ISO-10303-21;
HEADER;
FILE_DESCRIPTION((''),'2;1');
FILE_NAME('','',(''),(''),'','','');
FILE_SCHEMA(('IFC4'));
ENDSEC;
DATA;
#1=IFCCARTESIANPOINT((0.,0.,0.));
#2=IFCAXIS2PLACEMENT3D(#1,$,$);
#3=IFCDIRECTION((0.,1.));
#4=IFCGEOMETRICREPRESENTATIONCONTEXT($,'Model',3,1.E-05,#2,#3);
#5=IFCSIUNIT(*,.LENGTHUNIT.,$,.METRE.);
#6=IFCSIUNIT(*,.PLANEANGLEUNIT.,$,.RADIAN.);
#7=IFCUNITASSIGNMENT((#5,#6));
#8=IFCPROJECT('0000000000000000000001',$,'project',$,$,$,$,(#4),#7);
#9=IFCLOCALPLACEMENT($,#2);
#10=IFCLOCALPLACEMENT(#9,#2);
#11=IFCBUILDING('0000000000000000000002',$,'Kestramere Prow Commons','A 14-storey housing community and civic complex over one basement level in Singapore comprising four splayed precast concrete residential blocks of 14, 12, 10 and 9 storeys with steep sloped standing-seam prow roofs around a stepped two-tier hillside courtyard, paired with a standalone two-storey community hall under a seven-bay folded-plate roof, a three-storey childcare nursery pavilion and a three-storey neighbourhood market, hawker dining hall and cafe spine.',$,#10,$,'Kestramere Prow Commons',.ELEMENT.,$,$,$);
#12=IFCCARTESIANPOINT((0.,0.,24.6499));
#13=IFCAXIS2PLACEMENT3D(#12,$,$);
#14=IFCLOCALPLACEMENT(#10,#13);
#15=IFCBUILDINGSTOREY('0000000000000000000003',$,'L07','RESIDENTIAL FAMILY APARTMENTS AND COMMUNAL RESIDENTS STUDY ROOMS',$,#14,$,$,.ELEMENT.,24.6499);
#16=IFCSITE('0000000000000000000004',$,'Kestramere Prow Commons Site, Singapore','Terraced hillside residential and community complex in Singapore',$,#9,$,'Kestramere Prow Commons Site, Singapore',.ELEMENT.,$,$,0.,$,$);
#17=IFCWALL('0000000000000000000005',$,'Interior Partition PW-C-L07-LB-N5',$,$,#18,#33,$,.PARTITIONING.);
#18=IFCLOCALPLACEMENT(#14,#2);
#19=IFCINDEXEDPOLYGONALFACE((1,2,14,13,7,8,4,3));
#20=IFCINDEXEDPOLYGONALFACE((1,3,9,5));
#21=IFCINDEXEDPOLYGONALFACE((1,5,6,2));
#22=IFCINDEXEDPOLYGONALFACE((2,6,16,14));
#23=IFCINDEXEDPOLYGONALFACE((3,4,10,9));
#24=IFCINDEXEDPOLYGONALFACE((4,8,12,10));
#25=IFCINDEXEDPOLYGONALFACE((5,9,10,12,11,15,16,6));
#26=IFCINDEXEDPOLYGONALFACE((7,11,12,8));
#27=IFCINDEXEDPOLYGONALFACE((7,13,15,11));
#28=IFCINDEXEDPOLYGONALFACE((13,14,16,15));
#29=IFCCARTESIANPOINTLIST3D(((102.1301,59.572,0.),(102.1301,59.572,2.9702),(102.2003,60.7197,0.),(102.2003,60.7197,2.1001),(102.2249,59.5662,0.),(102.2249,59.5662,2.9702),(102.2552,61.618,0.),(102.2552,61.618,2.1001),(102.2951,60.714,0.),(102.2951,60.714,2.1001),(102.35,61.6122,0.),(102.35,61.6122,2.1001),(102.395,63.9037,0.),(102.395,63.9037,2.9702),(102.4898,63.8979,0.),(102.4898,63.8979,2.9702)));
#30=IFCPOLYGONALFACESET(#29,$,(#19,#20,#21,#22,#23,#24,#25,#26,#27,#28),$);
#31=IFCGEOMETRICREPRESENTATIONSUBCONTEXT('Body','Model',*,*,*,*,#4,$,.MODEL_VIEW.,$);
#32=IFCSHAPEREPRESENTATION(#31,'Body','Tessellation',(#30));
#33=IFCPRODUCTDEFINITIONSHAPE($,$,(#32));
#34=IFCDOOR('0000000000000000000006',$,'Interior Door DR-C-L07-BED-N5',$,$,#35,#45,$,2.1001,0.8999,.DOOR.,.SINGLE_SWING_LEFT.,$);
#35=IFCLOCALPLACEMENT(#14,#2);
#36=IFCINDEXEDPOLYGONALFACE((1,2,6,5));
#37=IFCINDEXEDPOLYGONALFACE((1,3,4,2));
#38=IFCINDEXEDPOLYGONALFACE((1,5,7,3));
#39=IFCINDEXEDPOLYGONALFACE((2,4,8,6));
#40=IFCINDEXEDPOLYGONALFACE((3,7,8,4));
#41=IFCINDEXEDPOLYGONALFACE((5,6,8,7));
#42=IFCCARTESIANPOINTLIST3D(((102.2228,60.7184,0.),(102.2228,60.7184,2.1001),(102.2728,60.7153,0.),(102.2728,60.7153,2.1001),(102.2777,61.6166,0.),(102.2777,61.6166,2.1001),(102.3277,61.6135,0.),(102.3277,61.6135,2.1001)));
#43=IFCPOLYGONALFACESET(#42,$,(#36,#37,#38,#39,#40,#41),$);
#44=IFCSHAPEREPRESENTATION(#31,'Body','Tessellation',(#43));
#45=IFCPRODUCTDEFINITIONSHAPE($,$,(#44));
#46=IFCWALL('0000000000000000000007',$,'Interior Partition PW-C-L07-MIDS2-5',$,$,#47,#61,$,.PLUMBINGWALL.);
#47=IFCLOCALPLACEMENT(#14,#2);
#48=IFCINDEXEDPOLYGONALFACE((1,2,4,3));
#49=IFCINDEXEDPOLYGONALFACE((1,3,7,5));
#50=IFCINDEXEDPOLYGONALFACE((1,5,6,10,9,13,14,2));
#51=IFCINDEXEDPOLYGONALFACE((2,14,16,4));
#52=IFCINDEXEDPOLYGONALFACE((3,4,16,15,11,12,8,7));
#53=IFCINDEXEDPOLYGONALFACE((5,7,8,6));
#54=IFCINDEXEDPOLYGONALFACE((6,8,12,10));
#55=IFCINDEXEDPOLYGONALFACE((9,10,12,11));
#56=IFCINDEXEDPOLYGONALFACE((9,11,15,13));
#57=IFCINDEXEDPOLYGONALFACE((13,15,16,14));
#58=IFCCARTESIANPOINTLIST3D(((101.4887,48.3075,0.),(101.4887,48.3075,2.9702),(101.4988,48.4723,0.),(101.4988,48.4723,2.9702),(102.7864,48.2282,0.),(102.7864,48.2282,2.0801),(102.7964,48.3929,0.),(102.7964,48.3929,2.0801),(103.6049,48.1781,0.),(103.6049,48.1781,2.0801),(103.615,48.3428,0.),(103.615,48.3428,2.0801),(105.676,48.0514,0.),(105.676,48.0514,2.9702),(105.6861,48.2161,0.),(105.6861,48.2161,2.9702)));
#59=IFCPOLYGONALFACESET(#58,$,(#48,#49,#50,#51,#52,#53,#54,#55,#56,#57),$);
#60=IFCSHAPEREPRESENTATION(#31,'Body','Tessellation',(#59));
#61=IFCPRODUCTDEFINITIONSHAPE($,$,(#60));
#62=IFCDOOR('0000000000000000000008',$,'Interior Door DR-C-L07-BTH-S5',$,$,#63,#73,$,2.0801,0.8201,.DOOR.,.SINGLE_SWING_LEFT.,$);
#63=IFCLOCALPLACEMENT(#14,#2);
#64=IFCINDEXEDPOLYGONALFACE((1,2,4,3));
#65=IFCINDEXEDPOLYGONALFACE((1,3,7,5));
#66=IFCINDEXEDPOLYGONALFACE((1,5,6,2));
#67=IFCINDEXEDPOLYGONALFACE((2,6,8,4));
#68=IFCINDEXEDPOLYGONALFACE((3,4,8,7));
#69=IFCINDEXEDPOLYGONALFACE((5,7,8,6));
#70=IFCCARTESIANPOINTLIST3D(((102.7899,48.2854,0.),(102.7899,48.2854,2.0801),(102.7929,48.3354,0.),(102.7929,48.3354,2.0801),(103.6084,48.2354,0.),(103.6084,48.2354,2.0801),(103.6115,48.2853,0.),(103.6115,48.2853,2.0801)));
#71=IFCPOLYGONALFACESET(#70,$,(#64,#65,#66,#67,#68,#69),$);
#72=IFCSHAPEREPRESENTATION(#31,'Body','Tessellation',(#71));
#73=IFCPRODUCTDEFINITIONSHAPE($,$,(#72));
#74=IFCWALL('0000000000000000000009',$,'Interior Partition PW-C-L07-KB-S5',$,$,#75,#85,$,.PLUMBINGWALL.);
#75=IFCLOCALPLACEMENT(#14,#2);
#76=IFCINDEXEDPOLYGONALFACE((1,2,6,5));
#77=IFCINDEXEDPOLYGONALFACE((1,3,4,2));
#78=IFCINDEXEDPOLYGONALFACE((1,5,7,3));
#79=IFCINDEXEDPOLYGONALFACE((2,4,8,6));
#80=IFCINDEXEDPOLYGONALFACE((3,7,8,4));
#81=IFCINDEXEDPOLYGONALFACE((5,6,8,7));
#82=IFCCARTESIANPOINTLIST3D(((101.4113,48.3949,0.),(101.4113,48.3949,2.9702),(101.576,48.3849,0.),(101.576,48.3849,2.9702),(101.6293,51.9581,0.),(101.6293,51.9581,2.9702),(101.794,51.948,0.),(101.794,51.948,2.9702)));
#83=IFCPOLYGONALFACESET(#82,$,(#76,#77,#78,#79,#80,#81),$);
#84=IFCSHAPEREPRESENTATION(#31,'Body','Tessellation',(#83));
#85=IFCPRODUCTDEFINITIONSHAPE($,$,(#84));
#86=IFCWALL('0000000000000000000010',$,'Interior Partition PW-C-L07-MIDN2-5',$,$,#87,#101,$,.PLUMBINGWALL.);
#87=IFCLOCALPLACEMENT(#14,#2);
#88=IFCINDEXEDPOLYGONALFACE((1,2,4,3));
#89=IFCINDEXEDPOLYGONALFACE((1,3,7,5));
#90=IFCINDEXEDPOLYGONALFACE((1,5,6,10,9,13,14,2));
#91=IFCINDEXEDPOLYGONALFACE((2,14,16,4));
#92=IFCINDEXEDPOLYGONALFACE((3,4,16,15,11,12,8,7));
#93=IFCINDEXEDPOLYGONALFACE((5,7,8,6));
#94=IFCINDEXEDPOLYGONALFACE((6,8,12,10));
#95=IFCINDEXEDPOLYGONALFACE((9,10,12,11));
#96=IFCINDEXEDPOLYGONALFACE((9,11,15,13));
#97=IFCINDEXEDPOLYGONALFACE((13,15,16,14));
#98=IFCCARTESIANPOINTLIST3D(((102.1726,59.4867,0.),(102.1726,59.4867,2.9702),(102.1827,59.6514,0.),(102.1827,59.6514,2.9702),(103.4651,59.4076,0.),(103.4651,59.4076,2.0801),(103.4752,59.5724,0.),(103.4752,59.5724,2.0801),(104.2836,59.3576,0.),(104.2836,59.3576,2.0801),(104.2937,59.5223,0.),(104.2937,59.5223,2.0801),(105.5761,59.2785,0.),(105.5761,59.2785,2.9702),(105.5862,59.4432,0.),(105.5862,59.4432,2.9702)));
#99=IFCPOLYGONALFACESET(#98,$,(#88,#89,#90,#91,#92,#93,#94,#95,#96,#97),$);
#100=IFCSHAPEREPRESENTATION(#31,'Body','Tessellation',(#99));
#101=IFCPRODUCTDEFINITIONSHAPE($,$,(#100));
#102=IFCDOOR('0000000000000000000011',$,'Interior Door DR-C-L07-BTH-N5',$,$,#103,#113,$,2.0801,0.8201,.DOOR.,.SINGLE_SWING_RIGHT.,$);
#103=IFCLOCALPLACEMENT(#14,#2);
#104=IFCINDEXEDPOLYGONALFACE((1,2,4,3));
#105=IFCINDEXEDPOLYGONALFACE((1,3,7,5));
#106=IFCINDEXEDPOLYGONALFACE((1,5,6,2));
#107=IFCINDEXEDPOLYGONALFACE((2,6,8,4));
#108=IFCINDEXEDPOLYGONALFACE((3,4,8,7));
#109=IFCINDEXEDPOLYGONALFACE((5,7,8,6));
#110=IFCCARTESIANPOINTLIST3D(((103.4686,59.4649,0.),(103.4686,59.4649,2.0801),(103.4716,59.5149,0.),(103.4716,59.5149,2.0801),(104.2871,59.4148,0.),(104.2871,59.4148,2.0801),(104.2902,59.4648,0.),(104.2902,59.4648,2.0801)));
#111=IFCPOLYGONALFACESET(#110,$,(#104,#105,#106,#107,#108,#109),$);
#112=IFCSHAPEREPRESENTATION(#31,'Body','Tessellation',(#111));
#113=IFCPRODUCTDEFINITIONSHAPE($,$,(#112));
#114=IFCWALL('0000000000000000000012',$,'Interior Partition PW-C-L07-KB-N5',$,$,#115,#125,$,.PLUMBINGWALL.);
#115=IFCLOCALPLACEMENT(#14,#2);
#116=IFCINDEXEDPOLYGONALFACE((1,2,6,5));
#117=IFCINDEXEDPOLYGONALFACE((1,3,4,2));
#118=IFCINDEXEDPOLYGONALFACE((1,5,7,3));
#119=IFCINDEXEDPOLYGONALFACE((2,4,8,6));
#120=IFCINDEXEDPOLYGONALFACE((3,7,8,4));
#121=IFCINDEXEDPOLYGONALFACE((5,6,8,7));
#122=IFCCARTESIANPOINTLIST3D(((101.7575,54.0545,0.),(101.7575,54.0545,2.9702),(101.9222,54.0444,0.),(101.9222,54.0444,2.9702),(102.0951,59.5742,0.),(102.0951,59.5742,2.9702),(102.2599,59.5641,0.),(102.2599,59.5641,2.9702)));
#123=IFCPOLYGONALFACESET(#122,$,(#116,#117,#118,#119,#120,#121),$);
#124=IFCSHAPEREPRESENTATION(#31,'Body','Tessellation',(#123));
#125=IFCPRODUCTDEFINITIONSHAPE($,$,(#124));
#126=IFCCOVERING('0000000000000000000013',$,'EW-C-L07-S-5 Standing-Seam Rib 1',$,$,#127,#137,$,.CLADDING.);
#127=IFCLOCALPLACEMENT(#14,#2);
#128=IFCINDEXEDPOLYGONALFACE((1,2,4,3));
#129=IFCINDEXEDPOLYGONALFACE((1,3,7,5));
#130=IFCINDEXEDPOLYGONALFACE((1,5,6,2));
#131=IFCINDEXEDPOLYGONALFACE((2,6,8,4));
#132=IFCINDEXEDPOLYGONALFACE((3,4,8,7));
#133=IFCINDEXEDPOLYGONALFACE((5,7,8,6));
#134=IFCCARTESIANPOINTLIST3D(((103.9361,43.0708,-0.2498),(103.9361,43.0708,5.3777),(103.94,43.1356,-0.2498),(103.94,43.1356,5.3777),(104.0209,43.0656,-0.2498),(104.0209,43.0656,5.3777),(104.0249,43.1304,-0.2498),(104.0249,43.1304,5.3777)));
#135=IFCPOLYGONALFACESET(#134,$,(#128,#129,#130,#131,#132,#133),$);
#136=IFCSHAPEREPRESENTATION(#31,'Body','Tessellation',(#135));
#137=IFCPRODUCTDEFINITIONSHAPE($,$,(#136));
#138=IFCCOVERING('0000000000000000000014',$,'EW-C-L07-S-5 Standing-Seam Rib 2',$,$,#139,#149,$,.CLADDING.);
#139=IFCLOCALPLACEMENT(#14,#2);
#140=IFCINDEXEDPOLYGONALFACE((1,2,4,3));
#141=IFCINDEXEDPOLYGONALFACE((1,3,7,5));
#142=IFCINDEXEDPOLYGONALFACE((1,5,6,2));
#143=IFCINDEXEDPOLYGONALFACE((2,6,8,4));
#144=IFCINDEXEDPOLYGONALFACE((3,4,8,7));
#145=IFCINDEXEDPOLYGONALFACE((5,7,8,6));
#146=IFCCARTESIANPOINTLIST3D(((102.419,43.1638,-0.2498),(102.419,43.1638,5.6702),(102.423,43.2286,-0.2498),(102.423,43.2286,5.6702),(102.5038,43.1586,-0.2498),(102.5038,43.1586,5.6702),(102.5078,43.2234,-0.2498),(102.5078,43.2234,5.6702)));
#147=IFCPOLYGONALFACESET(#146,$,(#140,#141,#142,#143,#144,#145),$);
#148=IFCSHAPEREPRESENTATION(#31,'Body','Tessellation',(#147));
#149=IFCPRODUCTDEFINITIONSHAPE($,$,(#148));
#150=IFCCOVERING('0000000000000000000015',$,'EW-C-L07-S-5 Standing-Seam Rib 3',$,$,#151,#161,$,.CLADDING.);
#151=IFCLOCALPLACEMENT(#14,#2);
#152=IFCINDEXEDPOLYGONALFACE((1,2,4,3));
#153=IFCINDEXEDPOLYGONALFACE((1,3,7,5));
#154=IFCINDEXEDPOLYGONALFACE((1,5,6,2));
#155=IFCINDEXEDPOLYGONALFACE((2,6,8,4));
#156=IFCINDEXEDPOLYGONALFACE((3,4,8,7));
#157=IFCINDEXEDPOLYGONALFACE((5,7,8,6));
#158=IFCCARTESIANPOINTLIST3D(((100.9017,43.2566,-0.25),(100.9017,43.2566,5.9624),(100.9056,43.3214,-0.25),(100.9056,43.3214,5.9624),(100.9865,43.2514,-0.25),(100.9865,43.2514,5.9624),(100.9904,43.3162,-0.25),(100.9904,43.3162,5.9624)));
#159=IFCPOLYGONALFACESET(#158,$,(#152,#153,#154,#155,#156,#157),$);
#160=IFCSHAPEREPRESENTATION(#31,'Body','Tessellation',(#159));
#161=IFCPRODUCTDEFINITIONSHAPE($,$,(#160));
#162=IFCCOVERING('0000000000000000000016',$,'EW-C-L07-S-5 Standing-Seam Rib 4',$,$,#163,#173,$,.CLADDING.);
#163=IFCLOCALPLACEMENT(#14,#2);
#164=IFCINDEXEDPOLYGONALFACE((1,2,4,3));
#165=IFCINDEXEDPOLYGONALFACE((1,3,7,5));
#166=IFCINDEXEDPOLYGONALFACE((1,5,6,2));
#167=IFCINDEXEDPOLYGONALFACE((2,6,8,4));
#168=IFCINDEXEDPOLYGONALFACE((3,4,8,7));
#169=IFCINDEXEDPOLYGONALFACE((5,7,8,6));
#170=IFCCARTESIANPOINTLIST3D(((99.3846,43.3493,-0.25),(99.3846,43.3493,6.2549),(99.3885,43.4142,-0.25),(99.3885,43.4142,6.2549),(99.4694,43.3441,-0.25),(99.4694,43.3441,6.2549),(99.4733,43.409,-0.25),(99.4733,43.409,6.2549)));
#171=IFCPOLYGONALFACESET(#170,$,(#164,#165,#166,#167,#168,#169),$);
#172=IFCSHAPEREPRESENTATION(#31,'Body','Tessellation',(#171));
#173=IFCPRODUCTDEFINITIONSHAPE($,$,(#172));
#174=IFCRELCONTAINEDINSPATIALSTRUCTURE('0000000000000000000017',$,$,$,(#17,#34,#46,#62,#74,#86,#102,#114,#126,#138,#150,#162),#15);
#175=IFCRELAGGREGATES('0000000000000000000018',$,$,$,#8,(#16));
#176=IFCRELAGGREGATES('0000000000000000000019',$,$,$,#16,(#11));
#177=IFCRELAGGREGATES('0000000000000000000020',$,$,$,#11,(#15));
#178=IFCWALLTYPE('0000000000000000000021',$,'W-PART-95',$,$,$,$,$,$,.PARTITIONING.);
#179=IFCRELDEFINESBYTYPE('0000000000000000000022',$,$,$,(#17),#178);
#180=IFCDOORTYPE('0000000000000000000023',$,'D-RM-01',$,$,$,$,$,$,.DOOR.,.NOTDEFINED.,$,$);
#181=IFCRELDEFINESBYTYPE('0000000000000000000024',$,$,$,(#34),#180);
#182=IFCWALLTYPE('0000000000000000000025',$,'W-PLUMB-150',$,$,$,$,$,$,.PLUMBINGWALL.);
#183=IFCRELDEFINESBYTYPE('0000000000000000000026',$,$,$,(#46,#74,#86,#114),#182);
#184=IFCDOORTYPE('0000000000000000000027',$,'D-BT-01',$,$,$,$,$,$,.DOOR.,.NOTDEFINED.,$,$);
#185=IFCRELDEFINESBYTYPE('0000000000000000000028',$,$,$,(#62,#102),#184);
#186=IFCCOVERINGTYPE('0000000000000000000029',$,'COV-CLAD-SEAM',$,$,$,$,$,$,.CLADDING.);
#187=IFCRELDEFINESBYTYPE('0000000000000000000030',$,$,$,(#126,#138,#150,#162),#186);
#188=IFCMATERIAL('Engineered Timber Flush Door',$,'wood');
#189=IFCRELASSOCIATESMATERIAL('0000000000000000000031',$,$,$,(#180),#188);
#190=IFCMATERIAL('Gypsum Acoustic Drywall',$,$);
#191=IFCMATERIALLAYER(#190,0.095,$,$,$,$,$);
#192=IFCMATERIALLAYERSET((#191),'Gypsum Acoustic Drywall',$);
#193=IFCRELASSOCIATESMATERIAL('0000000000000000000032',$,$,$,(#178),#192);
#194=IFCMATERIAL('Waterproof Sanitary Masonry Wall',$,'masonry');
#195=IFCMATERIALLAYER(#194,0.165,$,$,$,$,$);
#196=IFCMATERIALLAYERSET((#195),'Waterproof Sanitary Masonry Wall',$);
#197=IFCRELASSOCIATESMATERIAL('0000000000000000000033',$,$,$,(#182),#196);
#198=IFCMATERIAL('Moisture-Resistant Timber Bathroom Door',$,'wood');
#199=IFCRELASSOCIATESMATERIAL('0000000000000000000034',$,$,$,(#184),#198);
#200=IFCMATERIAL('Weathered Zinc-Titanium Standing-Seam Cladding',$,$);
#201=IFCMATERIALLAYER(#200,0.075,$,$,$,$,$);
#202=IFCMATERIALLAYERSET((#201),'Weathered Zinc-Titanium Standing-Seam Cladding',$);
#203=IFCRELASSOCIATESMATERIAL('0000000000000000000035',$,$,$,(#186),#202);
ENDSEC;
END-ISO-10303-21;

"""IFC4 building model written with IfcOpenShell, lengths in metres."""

from ifc_helpers import new_model, si_unit, direction, frame, frame_2d, origin, origin_2d, place, context, subcontext, project, spatial, rectangle, extrude, material, layer, layer_set, type_object, element, fill, save


model = new_model("IFC4")

# Units and contexts
model_context = context("Model", 3, precision=1e-05, world=origin(), true_north=direction((0.0, 1.0)))
body_context = subcontext(model_context, "Body", "Model", "MODEL_VIEW")
ifc_project = project(units=[si_unit("LENGTHUNIT", "METRE"), si_unit("PLANEANGLEUNIT", "RADIAN")], contexts=[model_context])

# Site, building, storey
site_placement = place(None, origin())
site = spatial("IfcSite", under=ifc_project, at=site_placement, Name="Kestramere Prow Commons Site, Singapore", Description="Terraced hillside residential and community complex in Singapore", LongName="Kestramere Prow Commons Site, Singapore", CompositionType="ELEMENT", RefElevation=0.0)
building_placement = place(site_placement, origin())
building = spatial("IfcBuilding", under=site, at=building_placement, Name="Kestramere Prow Commons", Description="A 14-storey housing community and civic complex over one basement level in Singapore comprising four splayed precast concrete residential blocks of 14, 12, 10 and 9 storeys with steep sloped standing-seam prow roofs around a stepped two-tier hillside courtyard, paired with a standalone two-storey community hall under a seven-bay folded-plate roof, a three-storey childcare nursery pavilion and a three-storey neighbourhood market, hawker dining hall and cafe spine.", LongName="Kestramere Prow Commons", CompositionType="ELEMENT")
storey_placement = place(building_placement, frame((0.0, 0.0, 24.6499)))
storey = spatial("IfcBuildingStorey", under=building, at=storey_placement, Name="L07", Description="RESIDENTIAL FAMILY APARTMENTS AND COMMUNAL RESIDENTS STUDY ROOMS", CompositionType="ELEMENT", Elevation=24.6499)

# Shared definitions
ifc_material_1 = material(Name="Engineered Timber Flush Door", Category="wood")
door_type_1 = type_object("IfcDoorType", Name="D-RM-01", OperationType="NOTDEFINED", PredefinedType="DOOR", material=ifc_material_1)

# Walls, openings, doors
ifc_material_2 = material(Name="Gypsum Acoustic Drywall")
ifc_layer_1 = layer(ifc_material_2, 0.095)
ifc_layer_set_1 = layer_set([ifc_layer_1], Name="Gypsum Acoustic Drywall")
wall_type_1 = type_object("IfcWallType", Name="W-PART-95", PredefinedType="PARTITIONING", material=ifc_layer_set_1)
wall_1_placement = place(storey_placement, frame((102.1775, 59.5691, 0.0), z_axis=(0.0, 0.0, 1.0), x_axis=(0.061037, 0.998136, 0.0)))
wall_1 = element("IfcWall", 1, at=wall_1_placement, inside=storey, type_object=wall_type_1, Name="Interior Partition PW-C-L07-LB-N5", PredefinedType="PARTITIONING", context=body_context, shape_type="SweptSolid", body=[
    extrude(rectangle(XDim=4.3398, YDim=0.095, at=frame_2d((2.1699, 0.0))), origin(), (0.0, 0.0, 1.0), 2.9702),
])
opening_1_placement = place(wall_1_placement, frame((1.1499, 0.0, 0.0)))
opening_1 = element("IfcOpeningElement", 2, at=opening_1_placement, cuts=wall_1, PredefinedType="OPENING", context=body_context, shape_type="SweptSolid", body=[
    extrude(rectangle(XDim=0.8999, YDim=2.1001, at=frame_2d((0.45, 1.05))), frame((0.0, 0.0625, 0.0), z_axis=(0.0, -1.0, 0.0), x_axis=(1.0, 0.0, 0.0)), (0.0, 0.0, 1.0), 0.125),
])
door_1_placement = place(opening_1_placement, origin())
door_1 = element("IfcDoor", 3, at=door_1_placement, inside=storey, type_object=door_type_1, Name="Interior Door DR-C-L07-BED-N5", OperationType="SINGLE_SWING_LEFT", OverallHeight=2.1001, OverallWidth=0.8999, PredefinedType="DOOR", context=body_context, shape_type="SweptSolid", body=[
    extrude(rectangle(XDim=0.8999, YDim=2.1001, at=frame_2d((0.45, 1.05))), frame((0.0, 0.0249, 0.0), z_axis=(0.0, -1.0, 0.0), x_axis=(1.0, 0.0, 0.0)), (0.0, 0.0, 1.0), 0.05),
])
fill(opening_1, door_1)
ifc_material_3 = material(Name="Waterproof Sanitary Masonry Wall", Category="masonry")
ifc_layer_2 = layer(ifc_material_3, 0.165)
ifc_layer_set_2 = layer_set([ifc_layer_2], Name="Waterproof Sanitary Masonry Wall")
wall_type_2 = type_object("IfcWallType", Name="W-PLUMB-150", PredefinedType="PLUMBINGWALL", material=ifc_layer_set_2)
wall_2_placement = place(storey_placement, frame((101.4937, 48.3899, 0.0), z_axis=(0.0, 0.0, 1.0), x_axis=(0.998135, -0.061049, 0.0)))
wall_2 = element("IfcWall", 4, at=wall_2_placement, inside=storey, type_object=wall_type_2, Name="Interior Partition PW-C-L07-MIDS2-5", PredefinedType="PLUMBINGWALL", context=body_context, shape_type="SweptSolid", body=[
    extrude(rectangle(XDim=4.1951, YDim=0.165, at=frame_2d((2.0977, 0.0))), origin(), (0.0, 0.0, 1.0), 2.9702),
])
opening_2_placement = place(wall_2_placement, frame((1.3, 0.0, 0.0)))
opening_2 = element("IfcOpeningElement", 5, at=opening_2_placement, cuts=wall_2, PredefinedType="OPENING", context=body_context, shape_type="SweptSolid", body=[
    extrude(rectangle(XDim=0.8201, YDim=2.0801, at=frame_2d((0.4102, 1.04))), frame((0.0, 0.0974, 0.0), z_axis=(0.0, -1.0, 0.0), x_axis=(1.0, 0.0, 0.0)), (0.0, 0.0, 1.0), 0.1951),
])
ifc_material_4 = material(Name="Moisture-Resistant Timber Bathroom Door", Category="wood")
door_type_2 = type_object("IfcDoorType", Name="D-BT-01", OperationType="NOTDEFINED", PredefinedType="DOOR", material=ifc_material_4)
door_2_placement = place(opening_2_placement, origin())
door_2 = element("IfcDoor", 6, at=door_2_placement, inside=storey, type_object=door_type_2, Name="Interior Door DR-C-L07-BTH-S5", OperationType="SINGLE_SWING_LEFT", OverallHeight=2.0801, OverallWidth=0.8201, PredefinedType="DOOR", context=body_context, shape_type="SweptSolid", body=[
    extrude(rectangle(XDim=0.8201, YDim=2.0801, at=frame_2d((0.4102, 1.04))), frame((0.0, 0.0249, 0.0), z_axis=(0.0, -1.0, 0.0), x_axis=(1.0, 0.0, 0.0)), (0.0, 0.0, 1.0), 0.05),
])
fill(opening_2, door_2)

# Wall
wall_3_placement = place(storey_placement, frame((101.4937, 48.3899, 0.0), z_axis=(0.0, 0.0, 1.0), x_axis=(0.061071, 0.998133, 0.0)))
element("IfcWall", 7, at=wall_3_placement, inside=storey, type_object=wall_type_2, Name="Interior Partition PW-C-L07-KB-S5", PredefinedType="PLUMBINGWALL", context=body_context, shape_type="SweptSolid", body=[
    extrude(rectangle(XDim=3.5698, YDim=0.165, at=frame_2d((1.7849, 0.0))), origin(), (0.0, 0.0, 1.0), 2.9702),
])

# Wall, opening, door
wall_4_placement = place(storey_placement, frame((102.1775, 59.5691, 0.0), z_axis=(0.0, 0.0, 1.0), x_axis=(0.998133, -0.061072, 0.0)))
wall_4 = element("IfcWall", 8, at=wall_4_placement, inside=storey, type_object=wall_type_2, Name="Interior Partition PW-C-L07-MIDN2-5", PredefinedType="PLUMBINGWALL", context=body_context, shape_type="SweptSolid", body=[
    extrude(rectangle(XDim=3.4099, YDim=0.165, at=frame_2d((1.7051, 0.0))), origin(), (0.0, 0.0, 1.0), 2.9702),
])
opening_3_placement = place(wall_4_placement, frame((1.2949, 0.0, 0.0)))
opening_3 = element("IfcOpeningElement", 9, at=opening_3_placement, cuts=wall_4, PredefinedType="OPENING", context=body_context, shape_type="SweptSolid", body=[
    extrude(rectangle(XDim=0.8201, YDim=2.0801, at=frame_2d((0.4102, 1.04))), frame((0.0, 0.0974, 0.0), z_axis=(0.0, -1.0, 0.0), x_axis=(1.0, 0.0, 0.0)), (0.0, 0.0, 1.0), 0.1951),
])
door_3_placement = place(opening_3_placement, origin())
door_3 = element("IfcDoor", 10, at=door_3_placement, inside=storey, type_object=door_type_2, Name="Interior Door DR-C-L07-BTH-N5", OperationType="SINGLE_SWING_RIGHT", OverallHeight=2.0801, OverallWidth=0.8201, PredefinedType="DOOR", context=body_context, shape_type="SweptSolid", body=[
    extrude(rectangle(XDim=0.8201, YDim=2.0801, at=frame_2d((0.4102, 1.04))), frame((0.0, 0.0249, 0.0), z_axis=(0.0, -1.0, 0.0), x_axis=(1.0, 0.0, 0.0)), (0.0, 0.0, 1.0), 0.05),
])
fill(opening_3, door_3)

# Wall
wall_5_placement = place(storey_placement, frame((101.8398, 54.0493, 0.0), z_axis=(0.0, 0.0, 1.0), x_axis=(0.061056, 0.998134, 0.0)))
element("IfcWall", 11, at=wall_5_placement, inside=storey, type_object=wall_type_2, Name="Interior Partition PW-C-L07-KB-N5", PredefinedType="PLUMBINGWALL", context=body_context, shape_type="SweptSolid", body=[
    extrude(rectangle(XDim=5.53, YDim=0.165, at=frame_2d((2.7651, 0.0))), origin(), (0.0, 0.0, 1.0), 2.9702),
])

# Coverings
ifc_material_5 = material(Name="Weathered Zinc-Titanium Standing-Seam Cladding")
ifc_layer_3 = layer(ifc_material_5, 0.075)
ifc_layer_set_3 = layer_set([ifc_layer_3], Name="Weathered Zinc-Titanium Standing-Seam Cladding")
covering_type = type_object("IfcCoveringType", Name="COV-CLAD-SEAM", PredefinedType="CLADDING", material=ifc_layer_set_3)
covering_1_placement = place(storey_placement, frame((103.9805, 43.1006, -0.2498), z_axis=(0.0, 0.0, 1.0), x_axis=(-0.998135, 0.061049, 0.0)))
element("IfcCovering", 12, at=covering_1_placement, inside=storey, type_object=covering_type, Name="EW-C-L07-S-5 Standing-Seam Rib 1", PredefinedType="CLADDING", context=body_context, shape_type="SweptSolid", body=[
    extrude(rectangle(XDim=0.085, YDim=0.0649, at=origin_2d()), origin(), (0.0, 0.0, 1.0), 5.6274),
])
covering_2_placement = place(storey_placement, frame((102.4634, 43.1936, -0.2498), z_axis=(0.0, 0.0, 1.0), x_axis=(-0.998135, 0.061049, 0.0)))
element("IfcCovering", 13, at=covering_2_placement, inside=storey, type_object=covering_type, Name="EW-C-L07-S-5 Standing-Seam Rib 2", PredefinedType="CLADDING", context=body_context, shape_type="SweptSolid", body=[
    extrude(rectangle(XDim=0.085, YDim=0.0649, at=origin_2d()), origin(), (0.0, 0.0, 1.0), 5.9199),
])
covering_3_placement = place(storey_placement, frame((100.946, 43.2864, -0.25), z_axis=(0.0, 0.0, 1.0), x_axis=(-0.998135, 0.061049, 0.0)))
element("IfcCovering", 14, at=covering_3_placement, inside=storey, type_object=covering_type, Name="EW-C-L07-S-5 Standing-Seam Rib 3", PredefinedType="CLADDING", context=body_context, shape_type="SweptSolid", body=[
    extrude(rectangle(XDim=0.085, YDim=0.0649, at=origin_2d()), origin(), (0.0, 0.0, 1.0), 6.2124),
])
covering_4_placement = place(storey_placement, frame((99.429, 43.3792, -0.25), z_axis=(0.0, 0.0, 1.0), x_axis=(-0.998135, 0.061049, 0.0)))
element("IfcCovering", 15, at=covering_4_placement, inside=storey, type_object=covering_type, Name="EW-C-L07-S-5 Standing-Seam Rib 4", PredefinedType="CLADDING", context=body_context, shape_type="SweptSolid", body=[
    extrude(rectangle(XDim=0.085, YDim=0.0649, at=origin_2d()), origin(), (0.0, 0.0, 1.0), 6.5049),
])

save(model, "model.ifc")
